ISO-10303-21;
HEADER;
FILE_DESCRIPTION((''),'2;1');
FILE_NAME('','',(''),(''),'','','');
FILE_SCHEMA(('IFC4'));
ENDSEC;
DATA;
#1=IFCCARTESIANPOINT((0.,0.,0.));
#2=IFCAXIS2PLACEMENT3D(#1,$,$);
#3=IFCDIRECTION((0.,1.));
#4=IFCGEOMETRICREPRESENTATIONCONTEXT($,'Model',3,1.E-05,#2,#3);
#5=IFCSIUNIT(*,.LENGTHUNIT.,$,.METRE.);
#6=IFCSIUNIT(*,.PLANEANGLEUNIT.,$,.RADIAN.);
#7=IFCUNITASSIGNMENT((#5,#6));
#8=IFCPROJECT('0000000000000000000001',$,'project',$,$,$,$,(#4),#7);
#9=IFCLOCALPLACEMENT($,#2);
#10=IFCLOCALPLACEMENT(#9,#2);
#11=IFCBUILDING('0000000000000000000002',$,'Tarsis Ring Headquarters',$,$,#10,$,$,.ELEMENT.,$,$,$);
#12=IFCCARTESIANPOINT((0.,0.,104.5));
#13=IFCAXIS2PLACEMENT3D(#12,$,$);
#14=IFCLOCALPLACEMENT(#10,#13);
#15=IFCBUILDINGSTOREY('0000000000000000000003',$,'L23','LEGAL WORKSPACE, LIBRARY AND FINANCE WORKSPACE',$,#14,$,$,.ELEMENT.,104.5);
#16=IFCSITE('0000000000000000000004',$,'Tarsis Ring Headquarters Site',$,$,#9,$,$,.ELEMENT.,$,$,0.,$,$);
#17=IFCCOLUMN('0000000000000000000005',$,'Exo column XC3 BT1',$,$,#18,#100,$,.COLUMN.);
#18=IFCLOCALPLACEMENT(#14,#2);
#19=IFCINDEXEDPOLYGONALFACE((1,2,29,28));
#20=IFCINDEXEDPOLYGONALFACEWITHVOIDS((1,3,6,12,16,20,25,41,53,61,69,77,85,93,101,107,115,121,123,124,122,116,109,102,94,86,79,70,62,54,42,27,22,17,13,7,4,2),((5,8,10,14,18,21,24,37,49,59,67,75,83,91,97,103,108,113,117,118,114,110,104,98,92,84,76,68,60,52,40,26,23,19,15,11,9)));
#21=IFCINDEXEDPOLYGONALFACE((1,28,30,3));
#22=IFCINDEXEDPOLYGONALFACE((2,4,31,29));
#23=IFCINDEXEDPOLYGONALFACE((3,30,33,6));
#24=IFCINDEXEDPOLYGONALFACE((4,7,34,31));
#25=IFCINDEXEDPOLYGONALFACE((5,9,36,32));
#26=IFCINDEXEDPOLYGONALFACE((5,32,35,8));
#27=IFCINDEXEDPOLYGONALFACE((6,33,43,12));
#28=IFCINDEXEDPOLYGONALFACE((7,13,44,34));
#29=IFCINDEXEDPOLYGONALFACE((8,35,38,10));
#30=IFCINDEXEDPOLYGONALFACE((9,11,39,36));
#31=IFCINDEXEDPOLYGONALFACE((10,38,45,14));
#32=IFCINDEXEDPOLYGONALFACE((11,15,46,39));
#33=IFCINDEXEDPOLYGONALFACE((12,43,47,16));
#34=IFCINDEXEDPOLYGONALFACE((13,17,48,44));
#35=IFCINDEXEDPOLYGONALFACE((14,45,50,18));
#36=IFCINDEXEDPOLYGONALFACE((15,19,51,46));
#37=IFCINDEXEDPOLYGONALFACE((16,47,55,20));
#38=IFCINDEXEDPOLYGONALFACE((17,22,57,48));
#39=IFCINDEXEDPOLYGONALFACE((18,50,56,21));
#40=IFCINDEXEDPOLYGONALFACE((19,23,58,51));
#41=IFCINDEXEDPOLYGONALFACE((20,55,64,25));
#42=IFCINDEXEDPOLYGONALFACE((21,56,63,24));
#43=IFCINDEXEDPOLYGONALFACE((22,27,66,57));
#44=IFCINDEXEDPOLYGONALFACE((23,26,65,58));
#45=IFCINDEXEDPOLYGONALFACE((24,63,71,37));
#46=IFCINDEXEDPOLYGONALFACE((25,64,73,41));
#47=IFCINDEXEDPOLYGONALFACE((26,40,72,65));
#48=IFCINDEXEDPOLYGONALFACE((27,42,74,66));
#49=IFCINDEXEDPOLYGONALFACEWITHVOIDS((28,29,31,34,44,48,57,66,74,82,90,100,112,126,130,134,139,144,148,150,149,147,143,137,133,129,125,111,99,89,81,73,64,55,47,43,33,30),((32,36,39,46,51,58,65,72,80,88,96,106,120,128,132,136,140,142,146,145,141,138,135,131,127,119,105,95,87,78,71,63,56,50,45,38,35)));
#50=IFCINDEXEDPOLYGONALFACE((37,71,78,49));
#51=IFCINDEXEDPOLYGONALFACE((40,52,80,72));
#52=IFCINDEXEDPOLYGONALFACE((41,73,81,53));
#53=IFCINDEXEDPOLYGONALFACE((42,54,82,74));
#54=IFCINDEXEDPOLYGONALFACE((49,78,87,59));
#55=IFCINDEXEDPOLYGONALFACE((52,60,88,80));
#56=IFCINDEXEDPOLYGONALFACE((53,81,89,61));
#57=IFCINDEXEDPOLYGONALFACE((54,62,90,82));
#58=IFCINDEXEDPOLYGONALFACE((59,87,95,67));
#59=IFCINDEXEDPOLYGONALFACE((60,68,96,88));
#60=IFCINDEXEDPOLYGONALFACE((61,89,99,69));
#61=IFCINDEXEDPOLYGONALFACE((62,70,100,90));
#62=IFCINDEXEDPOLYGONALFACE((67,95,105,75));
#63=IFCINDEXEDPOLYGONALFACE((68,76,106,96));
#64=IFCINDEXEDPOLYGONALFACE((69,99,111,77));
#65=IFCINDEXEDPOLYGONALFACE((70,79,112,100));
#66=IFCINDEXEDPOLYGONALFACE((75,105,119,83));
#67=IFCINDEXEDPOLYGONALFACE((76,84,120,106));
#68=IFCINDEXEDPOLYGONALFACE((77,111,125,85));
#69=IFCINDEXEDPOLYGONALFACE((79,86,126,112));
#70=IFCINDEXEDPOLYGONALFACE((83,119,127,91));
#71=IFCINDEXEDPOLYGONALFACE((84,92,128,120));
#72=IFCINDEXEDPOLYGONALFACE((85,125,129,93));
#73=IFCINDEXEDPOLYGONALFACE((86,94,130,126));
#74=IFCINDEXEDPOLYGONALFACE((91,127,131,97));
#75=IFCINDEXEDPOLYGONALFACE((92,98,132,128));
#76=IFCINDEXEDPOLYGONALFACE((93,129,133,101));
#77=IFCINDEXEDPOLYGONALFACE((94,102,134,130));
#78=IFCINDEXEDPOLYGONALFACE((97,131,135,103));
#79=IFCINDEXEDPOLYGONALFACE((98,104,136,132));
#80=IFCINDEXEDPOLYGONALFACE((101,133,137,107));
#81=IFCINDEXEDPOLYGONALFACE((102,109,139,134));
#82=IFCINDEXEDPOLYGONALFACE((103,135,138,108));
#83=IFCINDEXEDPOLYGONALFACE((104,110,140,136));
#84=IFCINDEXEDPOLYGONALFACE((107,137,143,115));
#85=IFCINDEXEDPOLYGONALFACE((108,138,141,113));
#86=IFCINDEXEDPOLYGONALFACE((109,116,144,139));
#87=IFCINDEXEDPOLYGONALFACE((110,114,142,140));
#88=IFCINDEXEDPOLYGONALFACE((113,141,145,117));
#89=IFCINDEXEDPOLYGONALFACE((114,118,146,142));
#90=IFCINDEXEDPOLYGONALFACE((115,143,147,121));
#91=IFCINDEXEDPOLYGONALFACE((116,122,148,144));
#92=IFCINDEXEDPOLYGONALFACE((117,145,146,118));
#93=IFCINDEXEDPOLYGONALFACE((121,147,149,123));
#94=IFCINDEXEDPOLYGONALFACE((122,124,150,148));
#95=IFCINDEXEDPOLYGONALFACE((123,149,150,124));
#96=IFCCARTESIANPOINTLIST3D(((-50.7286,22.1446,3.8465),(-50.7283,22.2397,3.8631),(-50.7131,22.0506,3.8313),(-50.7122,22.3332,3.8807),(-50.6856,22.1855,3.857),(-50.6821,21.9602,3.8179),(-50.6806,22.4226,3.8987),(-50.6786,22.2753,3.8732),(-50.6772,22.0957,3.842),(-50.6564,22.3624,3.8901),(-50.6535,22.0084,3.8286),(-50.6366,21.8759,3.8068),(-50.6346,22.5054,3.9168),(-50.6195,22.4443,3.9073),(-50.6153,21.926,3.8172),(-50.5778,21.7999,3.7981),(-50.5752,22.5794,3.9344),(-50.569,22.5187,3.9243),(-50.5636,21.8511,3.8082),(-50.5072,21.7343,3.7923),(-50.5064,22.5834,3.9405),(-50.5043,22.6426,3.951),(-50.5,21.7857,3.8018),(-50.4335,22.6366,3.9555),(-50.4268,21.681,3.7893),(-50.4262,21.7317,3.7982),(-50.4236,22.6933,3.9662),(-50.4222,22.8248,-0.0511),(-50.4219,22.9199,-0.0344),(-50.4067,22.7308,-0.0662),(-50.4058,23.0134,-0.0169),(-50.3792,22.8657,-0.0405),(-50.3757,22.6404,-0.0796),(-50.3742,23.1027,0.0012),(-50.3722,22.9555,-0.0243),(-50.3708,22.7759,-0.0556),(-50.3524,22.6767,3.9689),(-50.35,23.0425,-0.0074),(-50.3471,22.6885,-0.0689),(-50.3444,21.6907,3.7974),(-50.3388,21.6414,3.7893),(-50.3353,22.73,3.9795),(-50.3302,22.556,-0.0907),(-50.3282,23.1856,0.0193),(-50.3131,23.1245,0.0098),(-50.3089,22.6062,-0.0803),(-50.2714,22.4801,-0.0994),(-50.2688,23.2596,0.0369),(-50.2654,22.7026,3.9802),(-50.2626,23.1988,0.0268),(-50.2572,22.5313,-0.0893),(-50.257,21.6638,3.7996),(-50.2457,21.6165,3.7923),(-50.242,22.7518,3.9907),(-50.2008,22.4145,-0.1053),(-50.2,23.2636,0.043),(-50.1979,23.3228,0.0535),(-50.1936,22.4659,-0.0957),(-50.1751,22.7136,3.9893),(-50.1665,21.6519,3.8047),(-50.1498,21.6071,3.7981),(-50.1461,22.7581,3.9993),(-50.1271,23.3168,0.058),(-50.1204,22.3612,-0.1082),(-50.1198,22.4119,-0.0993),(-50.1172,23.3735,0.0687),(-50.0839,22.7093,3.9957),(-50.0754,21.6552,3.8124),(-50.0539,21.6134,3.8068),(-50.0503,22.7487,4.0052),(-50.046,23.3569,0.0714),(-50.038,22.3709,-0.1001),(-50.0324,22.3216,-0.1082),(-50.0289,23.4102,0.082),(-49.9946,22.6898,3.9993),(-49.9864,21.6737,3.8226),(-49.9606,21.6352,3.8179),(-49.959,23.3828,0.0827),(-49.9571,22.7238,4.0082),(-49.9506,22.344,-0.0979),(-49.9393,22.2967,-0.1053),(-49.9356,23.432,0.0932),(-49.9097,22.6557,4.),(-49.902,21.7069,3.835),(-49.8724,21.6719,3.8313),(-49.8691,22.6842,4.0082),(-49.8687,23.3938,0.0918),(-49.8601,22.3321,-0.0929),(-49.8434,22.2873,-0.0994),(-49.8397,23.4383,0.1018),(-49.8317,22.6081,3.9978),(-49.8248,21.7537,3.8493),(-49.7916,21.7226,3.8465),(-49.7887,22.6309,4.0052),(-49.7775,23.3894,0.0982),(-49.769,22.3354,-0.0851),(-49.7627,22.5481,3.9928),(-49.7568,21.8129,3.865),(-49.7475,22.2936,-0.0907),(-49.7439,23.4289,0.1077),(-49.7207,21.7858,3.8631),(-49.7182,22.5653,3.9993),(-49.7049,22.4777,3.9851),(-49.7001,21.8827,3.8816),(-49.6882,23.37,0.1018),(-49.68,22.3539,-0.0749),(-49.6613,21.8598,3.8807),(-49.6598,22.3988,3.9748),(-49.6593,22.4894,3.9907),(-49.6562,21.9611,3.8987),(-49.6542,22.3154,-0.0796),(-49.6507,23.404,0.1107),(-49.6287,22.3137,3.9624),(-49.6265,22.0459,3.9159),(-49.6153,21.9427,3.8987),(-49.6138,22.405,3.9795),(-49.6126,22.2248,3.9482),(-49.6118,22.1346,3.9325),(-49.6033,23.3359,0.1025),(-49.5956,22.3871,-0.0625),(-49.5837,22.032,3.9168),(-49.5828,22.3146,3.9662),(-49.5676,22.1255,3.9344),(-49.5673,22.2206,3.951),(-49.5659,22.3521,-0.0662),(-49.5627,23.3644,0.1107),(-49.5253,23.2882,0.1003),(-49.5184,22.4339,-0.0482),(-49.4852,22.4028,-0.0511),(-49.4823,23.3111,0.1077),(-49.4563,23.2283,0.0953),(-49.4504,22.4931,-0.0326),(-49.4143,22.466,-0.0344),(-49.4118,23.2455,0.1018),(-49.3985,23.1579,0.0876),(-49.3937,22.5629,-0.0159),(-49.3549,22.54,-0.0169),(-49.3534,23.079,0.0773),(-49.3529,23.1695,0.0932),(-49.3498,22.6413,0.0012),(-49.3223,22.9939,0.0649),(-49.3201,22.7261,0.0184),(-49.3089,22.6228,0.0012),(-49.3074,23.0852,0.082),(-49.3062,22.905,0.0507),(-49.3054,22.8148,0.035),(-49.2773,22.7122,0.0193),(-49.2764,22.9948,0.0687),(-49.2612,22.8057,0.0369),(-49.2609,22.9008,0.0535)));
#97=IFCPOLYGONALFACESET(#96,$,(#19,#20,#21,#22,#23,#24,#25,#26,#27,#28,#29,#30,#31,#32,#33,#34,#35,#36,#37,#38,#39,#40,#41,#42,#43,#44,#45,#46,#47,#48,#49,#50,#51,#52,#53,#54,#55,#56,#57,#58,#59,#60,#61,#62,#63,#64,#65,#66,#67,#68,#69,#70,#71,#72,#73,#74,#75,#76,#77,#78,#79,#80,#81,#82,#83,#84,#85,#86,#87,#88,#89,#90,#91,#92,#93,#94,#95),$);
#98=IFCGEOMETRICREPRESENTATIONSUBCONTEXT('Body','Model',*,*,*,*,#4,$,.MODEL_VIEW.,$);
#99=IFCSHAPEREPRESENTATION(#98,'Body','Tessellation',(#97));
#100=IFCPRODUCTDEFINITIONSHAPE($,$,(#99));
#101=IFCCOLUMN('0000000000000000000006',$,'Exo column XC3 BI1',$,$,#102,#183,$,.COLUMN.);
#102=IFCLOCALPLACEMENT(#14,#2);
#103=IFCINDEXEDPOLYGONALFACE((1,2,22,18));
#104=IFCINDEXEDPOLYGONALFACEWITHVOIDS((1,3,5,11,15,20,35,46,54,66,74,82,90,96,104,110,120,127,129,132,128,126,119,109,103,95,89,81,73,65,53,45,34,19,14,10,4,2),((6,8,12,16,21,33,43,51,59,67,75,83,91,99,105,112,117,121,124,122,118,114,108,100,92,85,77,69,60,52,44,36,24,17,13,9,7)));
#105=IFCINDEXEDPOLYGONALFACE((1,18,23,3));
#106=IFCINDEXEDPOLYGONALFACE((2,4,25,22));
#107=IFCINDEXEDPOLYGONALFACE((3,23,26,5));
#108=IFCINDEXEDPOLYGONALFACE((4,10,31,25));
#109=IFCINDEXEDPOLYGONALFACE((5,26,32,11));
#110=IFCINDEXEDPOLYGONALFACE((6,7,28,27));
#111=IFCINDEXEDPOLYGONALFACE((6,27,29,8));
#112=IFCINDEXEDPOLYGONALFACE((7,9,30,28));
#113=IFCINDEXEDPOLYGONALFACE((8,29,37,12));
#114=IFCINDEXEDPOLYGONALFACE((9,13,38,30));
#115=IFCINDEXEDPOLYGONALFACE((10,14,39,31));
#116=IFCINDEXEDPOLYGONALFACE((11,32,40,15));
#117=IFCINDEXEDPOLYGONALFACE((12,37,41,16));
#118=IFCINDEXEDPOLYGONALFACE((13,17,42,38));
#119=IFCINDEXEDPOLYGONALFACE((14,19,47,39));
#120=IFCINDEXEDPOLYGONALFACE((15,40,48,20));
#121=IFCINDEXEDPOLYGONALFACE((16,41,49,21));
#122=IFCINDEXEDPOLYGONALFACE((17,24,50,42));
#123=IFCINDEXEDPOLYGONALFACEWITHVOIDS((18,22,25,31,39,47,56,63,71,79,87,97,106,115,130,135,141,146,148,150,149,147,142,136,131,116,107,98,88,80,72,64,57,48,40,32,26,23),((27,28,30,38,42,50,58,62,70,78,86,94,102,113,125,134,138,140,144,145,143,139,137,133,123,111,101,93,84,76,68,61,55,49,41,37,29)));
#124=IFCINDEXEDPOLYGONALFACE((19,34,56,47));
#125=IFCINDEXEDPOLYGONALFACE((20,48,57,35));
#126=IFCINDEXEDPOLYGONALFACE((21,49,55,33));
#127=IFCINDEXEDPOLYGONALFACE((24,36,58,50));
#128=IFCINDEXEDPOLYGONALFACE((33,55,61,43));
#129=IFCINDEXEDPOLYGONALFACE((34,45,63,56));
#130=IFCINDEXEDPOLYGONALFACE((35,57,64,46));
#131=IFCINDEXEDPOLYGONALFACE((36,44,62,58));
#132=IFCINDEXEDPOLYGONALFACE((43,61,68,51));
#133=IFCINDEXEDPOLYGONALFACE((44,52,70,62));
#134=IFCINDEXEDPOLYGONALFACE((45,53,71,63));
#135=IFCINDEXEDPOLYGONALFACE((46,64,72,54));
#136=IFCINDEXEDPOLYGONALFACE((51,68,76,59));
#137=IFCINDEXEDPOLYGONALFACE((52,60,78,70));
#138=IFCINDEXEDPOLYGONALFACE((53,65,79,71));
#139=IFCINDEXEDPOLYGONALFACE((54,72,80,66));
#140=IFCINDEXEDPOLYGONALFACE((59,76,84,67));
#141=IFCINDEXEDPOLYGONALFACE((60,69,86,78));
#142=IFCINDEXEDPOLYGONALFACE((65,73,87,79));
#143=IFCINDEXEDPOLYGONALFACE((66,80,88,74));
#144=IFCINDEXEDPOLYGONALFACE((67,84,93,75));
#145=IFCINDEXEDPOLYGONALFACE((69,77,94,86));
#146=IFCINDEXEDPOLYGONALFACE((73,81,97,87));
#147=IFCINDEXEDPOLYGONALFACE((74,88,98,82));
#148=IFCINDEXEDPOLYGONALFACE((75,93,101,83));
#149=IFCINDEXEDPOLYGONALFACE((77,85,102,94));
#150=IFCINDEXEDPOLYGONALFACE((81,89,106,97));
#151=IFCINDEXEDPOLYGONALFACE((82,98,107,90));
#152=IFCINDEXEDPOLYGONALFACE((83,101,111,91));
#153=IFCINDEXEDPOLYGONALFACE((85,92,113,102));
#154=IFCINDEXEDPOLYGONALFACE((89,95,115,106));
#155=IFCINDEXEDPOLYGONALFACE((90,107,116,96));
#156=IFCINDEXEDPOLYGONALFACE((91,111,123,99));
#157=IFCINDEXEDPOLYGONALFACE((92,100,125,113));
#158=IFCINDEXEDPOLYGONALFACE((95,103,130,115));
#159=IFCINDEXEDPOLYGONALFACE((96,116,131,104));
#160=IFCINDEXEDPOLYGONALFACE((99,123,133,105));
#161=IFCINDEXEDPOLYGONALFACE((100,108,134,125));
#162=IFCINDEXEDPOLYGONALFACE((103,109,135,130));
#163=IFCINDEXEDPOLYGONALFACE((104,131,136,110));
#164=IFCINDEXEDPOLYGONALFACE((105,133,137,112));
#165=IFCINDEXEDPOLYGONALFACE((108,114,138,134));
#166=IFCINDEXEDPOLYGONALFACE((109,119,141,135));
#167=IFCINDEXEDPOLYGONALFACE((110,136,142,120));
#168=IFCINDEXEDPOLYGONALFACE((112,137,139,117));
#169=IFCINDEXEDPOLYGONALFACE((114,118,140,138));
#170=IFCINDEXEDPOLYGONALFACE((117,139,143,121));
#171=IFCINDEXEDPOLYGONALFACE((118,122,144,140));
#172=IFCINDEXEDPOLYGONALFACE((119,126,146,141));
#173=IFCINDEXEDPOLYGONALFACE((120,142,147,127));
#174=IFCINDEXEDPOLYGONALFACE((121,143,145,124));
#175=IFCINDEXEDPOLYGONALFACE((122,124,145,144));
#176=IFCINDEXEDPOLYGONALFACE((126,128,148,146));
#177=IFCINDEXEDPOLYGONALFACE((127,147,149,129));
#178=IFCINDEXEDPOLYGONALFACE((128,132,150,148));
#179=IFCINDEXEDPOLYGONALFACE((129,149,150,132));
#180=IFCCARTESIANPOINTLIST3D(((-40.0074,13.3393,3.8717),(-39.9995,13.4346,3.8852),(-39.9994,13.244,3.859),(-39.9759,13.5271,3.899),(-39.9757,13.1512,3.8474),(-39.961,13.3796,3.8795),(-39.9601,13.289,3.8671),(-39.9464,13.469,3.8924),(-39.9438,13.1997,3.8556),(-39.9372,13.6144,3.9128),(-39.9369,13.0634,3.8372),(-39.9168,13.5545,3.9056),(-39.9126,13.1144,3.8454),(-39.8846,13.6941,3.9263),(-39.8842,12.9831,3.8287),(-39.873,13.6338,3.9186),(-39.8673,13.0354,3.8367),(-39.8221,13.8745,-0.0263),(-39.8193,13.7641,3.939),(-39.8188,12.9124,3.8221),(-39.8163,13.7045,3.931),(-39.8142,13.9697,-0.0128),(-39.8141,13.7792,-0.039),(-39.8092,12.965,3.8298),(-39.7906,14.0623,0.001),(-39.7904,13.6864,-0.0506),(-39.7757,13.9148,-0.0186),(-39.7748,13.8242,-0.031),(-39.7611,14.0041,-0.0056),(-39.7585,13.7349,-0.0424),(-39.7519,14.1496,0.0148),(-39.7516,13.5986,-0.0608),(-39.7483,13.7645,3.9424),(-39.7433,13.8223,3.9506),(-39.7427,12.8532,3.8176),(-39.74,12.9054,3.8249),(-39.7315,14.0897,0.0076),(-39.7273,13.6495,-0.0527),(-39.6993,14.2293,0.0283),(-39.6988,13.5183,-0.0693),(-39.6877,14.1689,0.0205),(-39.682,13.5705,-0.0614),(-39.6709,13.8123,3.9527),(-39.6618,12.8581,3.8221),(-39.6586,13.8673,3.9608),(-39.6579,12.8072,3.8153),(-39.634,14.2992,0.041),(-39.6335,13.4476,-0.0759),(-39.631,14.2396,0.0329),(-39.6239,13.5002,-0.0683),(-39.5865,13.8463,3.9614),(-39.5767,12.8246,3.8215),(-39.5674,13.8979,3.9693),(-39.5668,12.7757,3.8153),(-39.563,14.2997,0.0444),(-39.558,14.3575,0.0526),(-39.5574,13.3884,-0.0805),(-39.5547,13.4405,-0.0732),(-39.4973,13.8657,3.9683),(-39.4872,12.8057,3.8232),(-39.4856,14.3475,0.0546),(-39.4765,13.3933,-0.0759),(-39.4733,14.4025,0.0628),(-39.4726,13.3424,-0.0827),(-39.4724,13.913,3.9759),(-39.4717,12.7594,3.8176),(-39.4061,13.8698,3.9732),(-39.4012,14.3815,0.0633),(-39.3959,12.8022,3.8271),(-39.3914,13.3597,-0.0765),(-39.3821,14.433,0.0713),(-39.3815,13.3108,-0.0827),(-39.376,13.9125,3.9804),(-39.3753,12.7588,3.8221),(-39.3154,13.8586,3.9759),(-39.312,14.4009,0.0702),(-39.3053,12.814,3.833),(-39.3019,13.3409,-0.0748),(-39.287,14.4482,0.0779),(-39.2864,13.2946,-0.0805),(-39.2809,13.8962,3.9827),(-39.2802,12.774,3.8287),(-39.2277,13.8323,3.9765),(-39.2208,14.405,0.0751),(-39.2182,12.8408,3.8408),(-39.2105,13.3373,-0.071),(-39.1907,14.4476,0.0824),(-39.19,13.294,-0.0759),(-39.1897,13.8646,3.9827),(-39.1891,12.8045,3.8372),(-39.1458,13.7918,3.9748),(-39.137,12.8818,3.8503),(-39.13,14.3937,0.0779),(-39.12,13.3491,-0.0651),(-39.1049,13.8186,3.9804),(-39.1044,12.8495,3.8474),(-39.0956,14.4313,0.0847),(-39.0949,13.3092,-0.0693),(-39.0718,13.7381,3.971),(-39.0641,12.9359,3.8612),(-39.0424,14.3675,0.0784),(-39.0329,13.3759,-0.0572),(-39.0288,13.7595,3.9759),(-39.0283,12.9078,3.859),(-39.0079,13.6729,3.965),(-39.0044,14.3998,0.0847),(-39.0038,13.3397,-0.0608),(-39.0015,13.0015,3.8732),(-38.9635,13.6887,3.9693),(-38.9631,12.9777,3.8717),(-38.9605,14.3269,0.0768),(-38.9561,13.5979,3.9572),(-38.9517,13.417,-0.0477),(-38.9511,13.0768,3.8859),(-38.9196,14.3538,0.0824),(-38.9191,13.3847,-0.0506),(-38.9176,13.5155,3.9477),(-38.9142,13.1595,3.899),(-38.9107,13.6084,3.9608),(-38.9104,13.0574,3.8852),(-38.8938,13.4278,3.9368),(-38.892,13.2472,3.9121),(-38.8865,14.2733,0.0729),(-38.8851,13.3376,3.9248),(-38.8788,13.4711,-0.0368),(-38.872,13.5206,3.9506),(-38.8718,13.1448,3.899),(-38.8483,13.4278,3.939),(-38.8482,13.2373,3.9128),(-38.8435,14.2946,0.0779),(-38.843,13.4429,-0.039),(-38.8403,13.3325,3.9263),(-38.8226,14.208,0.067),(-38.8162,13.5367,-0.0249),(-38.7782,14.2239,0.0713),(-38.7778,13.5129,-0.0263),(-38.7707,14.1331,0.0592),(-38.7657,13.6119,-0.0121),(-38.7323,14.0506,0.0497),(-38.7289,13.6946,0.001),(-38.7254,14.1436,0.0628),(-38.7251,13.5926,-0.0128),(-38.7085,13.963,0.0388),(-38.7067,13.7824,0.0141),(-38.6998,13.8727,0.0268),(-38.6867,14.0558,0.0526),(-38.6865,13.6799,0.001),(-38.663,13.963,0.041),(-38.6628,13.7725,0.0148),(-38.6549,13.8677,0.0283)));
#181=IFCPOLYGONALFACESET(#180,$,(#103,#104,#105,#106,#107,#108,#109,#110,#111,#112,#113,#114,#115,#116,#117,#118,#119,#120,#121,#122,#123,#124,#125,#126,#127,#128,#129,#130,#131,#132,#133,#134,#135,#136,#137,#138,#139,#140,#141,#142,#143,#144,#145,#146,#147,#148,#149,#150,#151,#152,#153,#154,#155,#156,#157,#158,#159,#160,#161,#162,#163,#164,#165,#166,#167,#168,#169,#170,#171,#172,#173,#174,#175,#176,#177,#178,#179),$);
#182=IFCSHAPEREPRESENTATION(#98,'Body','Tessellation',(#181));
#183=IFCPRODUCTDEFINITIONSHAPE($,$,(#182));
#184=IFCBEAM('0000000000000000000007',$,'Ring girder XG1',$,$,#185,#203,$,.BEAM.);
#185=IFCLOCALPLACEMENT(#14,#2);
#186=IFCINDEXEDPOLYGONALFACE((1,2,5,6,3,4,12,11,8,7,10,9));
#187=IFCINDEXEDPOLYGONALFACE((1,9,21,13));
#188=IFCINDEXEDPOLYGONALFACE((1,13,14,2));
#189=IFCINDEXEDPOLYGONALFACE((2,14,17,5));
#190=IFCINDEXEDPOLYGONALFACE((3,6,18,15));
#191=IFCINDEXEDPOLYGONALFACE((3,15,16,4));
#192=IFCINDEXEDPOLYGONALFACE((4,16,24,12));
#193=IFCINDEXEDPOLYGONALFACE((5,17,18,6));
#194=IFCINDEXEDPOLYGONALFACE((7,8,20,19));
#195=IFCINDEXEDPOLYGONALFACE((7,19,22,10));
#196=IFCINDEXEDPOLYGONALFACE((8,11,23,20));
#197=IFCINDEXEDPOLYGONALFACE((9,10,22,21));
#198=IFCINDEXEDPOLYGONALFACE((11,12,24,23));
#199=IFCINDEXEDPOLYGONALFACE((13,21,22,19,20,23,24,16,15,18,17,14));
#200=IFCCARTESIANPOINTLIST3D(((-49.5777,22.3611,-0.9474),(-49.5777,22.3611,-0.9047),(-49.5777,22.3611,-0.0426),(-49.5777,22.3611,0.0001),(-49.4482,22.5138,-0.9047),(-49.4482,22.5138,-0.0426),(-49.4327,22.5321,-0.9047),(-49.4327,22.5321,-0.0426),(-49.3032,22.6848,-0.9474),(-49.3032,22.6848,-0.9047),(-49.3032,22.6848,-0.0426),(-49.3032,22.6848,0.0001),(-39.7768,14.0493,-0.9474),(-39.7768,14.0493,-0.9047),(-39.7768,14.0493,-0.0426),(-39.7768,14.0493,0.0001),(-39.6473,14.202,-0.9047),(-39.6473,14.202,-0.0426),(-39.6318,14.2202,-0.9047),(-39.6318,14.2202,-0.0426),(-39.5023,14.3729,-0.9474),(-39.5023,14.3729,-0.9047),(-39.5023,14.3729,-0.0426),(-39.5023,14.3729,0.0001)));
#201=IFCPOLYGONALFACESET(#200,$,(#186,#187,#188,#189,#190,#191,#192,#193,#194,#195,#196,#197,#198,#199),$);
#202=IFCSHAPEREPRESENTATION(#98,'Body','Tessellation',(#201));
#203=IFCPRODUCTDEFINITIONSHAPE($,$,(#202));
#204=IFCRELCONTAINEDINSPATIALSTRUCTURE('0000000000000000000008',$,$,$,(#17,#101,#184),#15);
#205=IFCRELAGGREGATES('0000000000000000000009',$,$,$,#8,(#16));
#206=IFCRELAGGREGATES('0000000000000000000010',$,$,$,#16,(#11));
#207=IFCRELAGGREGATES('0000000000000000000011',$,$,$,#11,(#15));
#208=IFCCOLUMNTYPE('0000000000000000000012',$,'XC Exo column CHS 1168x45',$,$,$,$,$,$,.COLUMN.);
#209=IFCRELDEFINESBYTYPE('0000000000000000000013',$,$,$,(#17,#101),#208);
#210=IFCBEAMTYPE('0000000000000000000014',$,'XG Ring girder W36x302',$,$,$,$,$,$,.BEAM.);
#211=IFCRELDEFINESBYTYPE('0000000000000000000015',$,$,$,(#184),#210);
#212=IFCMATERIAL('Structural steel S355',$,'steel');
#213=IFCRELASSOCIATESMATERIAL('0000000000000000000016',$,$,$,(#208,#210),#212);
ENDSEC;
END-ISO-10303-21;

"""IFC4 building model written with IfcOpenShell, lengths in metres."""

from ifc_helpers import new_model, si_unit, direction, frame, origin, origin_2d, place, context, subcontext, project, spatial, hollow_circle, i_section, extrude, material, material_profile, profile_set, type_object, element, save


model = new_model("IFC4")

# Units and contexts
model_context = context("Model", 3, precision=1e-05, world=origin(), true_north=direction((0.0, 1.0)))
body_context = subcontext(model_context, "Body", "Model", "MODEL_VIEW")
ifc_project = project(units=[si_unit("LENGTHUNIT", "METRE"), si_unit("PLANEANGLEUNIT", "RADIAN")], contexts=[model_context])

# Site, building, storey
site_placement = place(None, origin())
site = spatial("IfcSite", under=ifc_project, at=site_placement, Name="Tarsis Ring Headquarters Site", CompositionType="ELEMENT", RefElevation=0.0)
building_placement = place(site_placement, origin())
building = spatial("IfcBuilding", under=site, at=building_placement, Name="Tarsis Ring Headquarters", CompositionType="ELEMENT")
storey_placement = place(building_placement, frame((0.0, 0.0, 104.5)))
storey = spatial("IfcBuildingStorey", under=building, at=storey_placement, Name="L23", Description="LEGAL WORKSPACE, LIBRARY AND FINANCE WORKSPACE", CompositionType="ELEMENT", Elevation=104.5)

# Columns
ifc_material_1 = material(Name="Structural steel S355", Category="steel")
ifc_material_profile_1 = material_profile(ifc_material_1, hollow_circle(Radius=0.5842, WallThickness=0.0449, at=origin_2d()), Name="CHS 1168x45")
ifc_profile_set_1 = profile_set([ifc_material_profile_1], Name="Structural steel S355")
column_type = type_object("IfcColumnType", Name="XC Exo column CHS 1168x45", PredefinedType="COLUMN", material=ifc_profile_set_1)
column_1_placement = place(storey_placement, frame((-49.8416, 22.8628, 0.0012), z_axis=(-0.077213, -0.171406, 0.98217), x_axis=(0.911762, -0.410718, 0.0)))
element("IfcColumn", 1, at=column_1_placement, inside=storey, type_object=column_type, Name="Exo column XC3 BT1", PredefinedType="COLUMN", context=body_context, shape_type="SweptSolid", body=[
    extrude(hollow_circle(Radius=0.5842, WallThickness=0.0449, at=origin_2d()), origin(), (0.0, 0.0, 1.0), 3.9683),
])
column_2_placement = place(storey_placement, frame((-39.2385, 13.8711, 0.001), z_axis=(-0.047045, -0.135865, 0.98961), x_axis=(0.944955, -0.327199, 0.0)))
element("IfcColumn", 2, at=column_2_placement, inside=storey, type_object=column_type, Name="Exo column XC3 BI1", PredefinedType="COLUMN", context=body_context, shape_type="SweptSolid", body=[
    extrude(hollow_circle(Radius=0.5842, WallThickness=0.0449, at=origin_2d()), origin(), (0.0, 0.0, 1.0), 3.939),
])

# Beam
ifc_material_profile_2 = material_profile(ifc_material_1, i_section(OverallWidth=0.4243, OverallDepth=0.9475, WebThickness=0.0239, FlangeThickness=0.0427, at=origin_2d()), Name="W36x302")
ifc_profile_set_2 = profile_set([ifc_material_profile_2], Name="Structural steel S355")
beam_type = type_object("IfcBeamType", Name="XG Ring girder W36x302", PredefinedType="BEAM", material=ifc_profile_set_2)
beam_1_placement = place(storey_placement, frame((-49.4404, 22.5229, -0.4736), z_axis=(0.762664, -0.646794, 0.0), x_axis=(0.646794, 0.762664, 0.0)))
element("IfcBeam", 3, at=beam_1_placement, inside=storey, type_object=beam_type, Name="Ring girder XG1", PredefinedType="BEAM", context=body_context, shape_type="SweptSolid", body=[
    extrude(i_section(OverallWidth=0.4243, OverallDepth=0.9475, WebThickness=0.0239, FlangeThickness=0.0427, at=origin_2d()), origin(), (0.0, 0.0, 1.0), 12.8508),
])

save(model, "model.ifc")
